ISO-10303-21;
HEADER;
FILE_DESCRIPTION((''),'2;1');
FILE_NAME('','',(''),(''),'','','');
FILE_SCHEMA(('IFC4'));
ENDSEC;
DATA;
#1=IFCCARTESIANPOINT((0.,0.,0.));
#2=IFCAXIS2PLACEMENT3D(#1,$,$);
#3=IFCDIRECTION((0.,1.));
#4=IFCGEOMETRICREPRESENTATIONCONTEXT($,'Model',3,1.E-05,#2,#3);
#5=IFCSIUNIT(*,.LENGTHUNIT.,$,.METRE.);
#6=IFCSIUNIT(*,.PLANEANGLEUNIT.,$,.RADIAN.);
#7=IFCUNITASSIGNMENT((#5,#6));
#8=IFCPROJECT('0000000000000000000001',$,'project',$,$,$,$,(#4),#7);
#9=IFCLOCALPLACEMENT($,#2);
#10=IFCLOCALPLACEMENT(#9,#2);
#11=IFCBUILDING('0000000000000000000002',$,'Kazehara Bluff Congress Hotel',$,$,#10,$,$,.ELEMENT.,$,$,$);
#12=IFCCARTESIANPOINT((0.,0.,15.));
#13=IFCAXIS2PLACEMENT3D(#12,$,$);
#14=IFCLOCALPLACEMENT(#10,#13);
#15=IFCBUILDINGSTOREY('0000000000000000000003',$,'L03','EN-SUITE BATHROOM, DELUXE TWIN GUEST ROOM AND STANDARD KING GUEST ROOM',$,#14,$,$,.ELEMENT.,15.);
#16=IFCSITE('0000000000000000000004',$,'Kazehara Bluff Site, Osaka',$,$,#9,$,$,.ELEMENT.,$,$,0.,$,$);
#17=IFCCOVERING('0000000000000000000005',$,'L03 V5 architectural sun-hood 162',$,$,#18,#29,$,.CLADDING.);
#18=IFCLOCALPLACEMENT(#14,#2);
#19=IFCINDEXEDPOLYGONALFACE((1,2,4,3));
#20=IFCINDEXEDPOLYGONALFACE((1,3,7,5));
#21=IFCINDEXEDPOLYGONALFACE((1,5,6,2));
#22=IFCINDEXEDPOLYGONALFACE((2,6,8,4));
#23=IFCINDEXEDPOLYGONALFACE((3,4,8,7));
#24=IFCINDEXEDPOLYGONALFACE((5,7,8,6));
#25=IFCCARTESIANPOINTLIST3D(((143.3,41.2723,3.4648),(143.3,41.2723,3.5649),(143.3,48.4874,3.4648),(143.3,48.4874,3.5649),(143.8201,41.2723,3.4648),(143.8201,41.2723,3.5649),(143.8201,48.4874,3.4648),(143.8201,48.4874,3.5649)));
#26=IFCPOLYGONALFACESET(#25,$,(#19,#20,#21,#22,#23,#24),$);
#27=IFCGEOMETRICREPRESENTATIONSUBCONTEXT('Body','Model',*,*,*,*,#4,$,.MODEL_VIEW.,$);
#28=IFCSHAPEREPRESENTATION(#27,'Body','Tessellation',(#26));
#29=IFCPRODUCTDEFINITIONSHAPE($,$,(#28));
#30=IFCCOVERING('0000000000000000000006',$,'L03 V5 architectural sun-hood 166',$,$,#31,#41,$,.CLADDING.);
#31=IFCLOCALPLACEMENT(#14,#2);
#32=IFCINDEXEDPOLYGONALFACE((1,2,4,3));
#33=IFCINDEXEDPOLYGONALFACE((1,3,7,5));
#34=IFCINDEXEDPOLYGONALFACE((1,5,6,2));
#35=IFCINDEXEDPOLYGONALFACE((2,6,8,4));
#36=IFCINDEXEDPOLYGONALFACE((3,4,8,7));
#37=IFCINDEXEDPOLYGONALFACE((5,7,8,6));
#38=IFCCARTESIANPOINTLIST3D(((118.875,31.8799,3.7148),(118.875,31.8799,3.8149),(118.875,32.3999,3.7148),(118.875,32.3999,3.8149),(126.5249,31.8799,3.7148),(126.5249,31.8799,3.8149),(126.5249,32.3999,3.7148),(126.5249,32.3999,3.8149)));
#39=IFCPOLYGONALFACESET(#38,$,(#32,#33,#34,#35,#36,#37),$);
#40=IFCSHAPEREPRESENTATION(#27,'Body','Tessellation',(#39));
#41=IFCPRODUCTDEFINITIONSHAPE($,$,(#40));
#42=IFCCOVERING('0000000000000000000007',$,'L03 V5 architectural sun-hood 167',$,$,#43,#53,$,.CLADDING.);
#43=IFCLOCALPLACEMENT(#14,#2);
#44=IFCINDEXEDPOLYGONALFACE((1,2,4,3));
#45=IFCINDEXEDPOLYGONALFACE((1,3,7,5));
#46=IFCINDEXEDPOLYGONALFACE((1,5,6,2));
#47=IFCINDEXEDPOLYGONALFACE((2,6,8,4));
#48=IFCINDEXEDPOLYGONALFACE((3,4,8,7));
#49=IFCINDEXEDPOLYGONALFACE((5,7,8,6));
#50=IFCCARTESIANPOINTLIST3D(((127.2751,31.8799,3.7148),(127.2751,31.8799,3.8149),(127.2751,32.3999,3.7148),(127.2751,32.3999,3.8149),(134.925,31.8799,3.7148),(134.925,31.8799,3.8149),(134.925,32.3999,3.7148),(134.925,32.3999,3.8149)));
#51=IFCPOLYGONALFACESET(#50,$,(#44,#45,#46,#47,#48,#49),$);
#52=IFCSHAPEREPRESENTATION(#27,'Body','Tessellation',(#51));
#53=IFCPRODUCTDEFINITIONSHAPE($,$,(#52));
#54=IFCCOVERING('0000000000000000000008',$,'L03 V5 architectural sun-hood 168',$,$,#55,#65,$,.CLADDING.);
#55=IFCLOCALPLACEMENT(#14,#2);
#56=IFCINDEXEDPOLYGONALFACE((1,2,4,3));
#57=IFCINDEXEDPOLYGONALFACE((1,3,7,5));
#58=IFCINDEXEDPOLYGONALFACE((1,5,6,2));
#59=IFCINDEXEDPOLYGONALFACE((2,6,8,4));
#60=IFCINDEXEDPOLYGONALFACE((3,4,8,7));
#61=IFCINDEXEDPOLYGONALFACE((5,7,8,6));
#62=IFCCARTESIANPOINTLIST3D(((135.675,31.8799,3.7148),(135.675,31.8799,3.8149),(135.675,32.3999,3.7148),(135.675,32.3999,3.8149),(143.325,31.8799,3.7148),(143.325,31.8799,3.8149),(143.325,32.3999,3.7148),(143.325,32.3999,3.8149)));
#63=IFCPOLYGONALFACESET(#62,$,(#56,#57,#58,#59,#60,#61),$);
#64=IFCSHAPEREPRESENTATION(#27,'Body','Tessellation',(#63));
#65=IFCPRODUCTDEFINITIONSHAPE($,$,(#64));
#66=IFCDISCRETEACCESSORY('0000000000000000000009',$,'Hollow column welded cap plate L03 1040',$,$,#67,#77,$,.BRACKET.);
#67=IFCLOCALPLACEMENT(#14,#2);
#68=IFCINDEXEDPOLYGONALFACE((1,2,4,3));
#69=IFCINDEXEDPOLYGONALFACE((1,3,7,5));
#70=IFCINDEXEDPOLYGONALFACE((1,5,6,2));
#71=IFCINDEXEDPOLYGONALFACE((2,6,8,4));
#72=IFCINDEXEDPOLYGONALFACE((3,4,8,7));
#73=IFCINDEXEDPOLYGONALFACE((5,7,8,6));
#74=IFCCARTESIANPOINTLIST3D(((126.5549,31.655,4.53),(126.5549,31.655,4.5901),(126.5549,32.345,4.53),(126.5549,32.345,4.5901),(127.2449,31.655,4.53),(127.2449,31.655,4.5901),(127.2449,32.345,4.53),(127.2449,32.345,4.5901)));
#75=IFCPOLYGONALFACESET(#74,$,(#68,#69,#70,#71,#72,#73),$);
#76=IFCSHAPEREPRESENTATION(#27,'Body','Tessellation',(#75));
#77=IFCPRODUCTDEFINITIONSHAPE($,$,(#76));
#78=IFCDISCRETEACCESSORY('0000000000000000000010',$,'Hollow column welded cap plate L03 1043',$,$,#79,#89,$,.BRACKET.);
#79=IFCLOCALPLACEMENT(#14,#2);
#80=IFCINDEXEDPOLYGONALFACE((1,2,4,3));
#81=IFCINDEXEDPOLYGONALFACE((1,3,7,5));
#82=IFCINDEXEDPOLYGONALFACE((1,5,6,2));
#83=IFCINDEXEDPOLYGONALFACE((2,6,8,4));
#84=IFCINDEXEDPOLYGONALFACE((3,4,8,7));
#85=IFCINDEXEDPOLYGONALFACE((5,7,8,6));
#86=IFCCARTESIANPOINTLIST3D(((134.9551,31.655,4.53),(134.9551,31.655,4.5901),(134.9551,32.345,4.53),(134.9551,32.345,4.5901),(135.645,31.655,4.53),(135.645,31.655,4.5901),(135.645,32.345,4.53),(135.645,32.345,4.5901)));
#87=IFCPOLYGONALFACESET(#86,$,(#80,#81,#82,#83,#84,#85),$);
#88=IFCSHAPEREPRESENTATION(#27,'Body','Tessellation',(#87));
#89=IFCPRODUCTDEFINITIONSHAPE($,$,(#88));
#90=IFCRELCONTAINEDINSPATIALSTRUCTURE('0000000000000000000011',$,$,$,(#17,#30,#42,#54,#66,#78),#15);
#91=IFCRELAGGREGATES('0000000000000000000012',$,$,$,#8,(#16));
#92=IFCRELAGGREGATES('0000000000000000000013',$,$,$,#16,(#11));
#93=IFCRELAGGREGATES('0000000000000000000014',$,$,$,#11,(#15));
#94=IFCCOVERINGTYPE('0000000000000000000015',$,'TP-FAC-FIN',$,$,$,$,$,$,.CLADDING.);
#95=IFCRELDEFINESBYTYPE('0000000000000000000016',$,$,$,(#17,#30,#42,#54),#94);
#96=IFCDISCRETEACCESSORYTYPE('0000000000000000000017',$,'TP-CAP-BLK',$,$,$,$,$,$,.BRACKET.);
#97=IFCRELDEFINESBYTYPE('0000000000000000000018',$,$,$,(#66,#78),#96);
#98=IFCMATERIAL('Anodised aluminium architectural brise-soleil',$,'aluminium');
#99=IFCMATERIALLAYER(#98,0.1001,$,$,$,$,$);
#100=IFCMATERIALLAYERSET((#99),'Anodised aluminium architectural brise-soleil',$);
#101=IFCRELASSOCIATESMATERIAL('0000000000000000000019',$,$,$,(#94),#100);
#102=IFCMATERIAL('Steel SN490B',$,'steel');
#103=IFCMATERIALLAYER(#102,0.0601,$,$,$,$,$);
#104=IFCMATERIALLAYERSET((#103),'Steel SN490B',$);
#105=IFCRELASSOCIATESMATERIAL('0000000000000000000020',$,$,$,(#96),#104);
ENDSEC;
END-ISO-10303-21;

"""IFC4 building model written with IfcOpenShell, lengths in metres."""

from ifc_helpers import new_model, si_unit, direction, frame, origin, origin_2d, place, context, subcontext, project, spatial, rectangle, extrude, material, layer, layer_set, type_object, element, save


model = new_model("IFC4")

# Units and contexts
model_context = context("Model", 3, precision=1e-05, world=origin(), true_north=direction((0.0, 1.0)))
body_context = subcontext(model_context, "Body", "Model", "MODEL_VIEW")
ifc_project = project(units=[si_unit("LENGTHUNIT", "METRE"), si_unit("PLANEANGLEUNIT", "RADIAN")], contexts=[model_context])

# Site, building, storey
site_placement = place(None, origin())
site = spatial("IfcSite", under=ifc_project, at=site_placement, Name="Kazehara Bluff Site, Osaka", CompositionType="ELEMENT", RefElevation=0.0)
building_placement = place(site_placement, origin())
building = spatial("IfcBuilding", under=site, at=building_placement, Name="Kazehara Bluff Congress Hotel", CompositionType="ELEMENT")
storey_placement = place(building_placement, frame((0.0, 0.0, 15.0)))
storey = spatial("IfcBuildingStorey", under=building, at=storey_placement, Name="L03", Description="EN-SUITE BATHROOM, DELUXE TWIN GUEST ROOM AND STANDARD KING GUEST ROOM", CompositionType="ELEMENT", Elevation=15.0)

# Coverings
ifc_material_1 = material(Name="Anodised aluminium architectural brise-soleil", Category="aluminium")
ifc_layer_1 = layer(ifc_material_1, 0.1001)
ifc_layer_set_1 = layer_set([ifc_layer_1], Name="Anodised aluminium architectural brise-soleil")
covering_type = type_object("IfcCoveringType", Name="TP-FAC-FIN", PredefinedType="CLADDING", material=ifc_layer_set_1)
covering_1_placement = place(storey_placement, frame((143.5601, 44.8799, 3.4648), z_axis=(0.0, 0.0, 1.0), x_axis=(1.0, 0.0, 0.0)))
element("IfcCovering", 1, at=covering_1_placement, inside=storey, type_object=covering_type, Name="L03 V5 architectural sun-hood 162", PredefinedType="CLADDING", context=body_context, shape_type="SweptSolid", body=[
    extrude(rectangle(XDim=0.52, YDim=7.2151, at=origin_2d()), origin(), (0.0, 0.0, 1.0), 0.1001),
])
for number, where, z_axis, x_axis, name in (
    (2, (122.7, 32.1399, 3.7148), (0.0, 0.0, 1.0), (1.0, 0.0, 0.0), "L03 V5 architectural sun-hood 166"),
    (3, (131.1001, 32.1399, 3.7148), (0.0, 0.0, 1.0), (1.0, 0.0, 0.0), "L03 V5 architectural sun-hood 167"),
    (4, (139.5, 32.1399, 3.7148), (0.0, 0.0, 1.0), (1.0, 0.0, 0.0), "L03 V5 architectural sun-hood 168"),
):
    element("IfcCovering", number, at=place(storey_placement, frame(where, z_axis=z_axis, x_axis=x_axis)), inside=storey, type_object=covering_type, Name=name, PredefinedType="CLADDING", context=body_context, shape_type="SweptSolid", body=[
        extrude(rectangle(XDim=7.6499, YDim=0.52, at=origin_2d()), origin(), (0.0, 0.0, 1.0), 0.1001),
    ])

# Discrete accessories
ifc_material_2 = material(Name="Steel SN490B", Category="steel")
ifc_layer_2 = layer(ifc_material_2, 0.0601)
ifc_layer_set_2 = layer_set([ifc_layer_2], Name="Steel SN490B")
discrete_accessory_type = type_object("IfcDiscreteAccessoryType", Name="TP-CAP-BLK", PredefinedType="BRACKET", material=ifc_layer_set_2)
for number, where, z_axis, x_axis, name in (
    (5, (126.8999, 32.0, 4.53), (0.0, 0.0, 1.0), (1.0, 0.0, 0.0), "Hollow column welded cap plate L03 1040"),
    (6, (135.3, 32.0, 4.53), (0.0, 0.0, 1.0), (1.0, 0.0, 0.0), "Hollow column welded cap plate L03 1043"),
):
    element("IfcDiscreteAccessory", number, at=place(storey_placement, frame(where, z_axis=z_axis, x_axis=x_axis)), inside=storey, type_object=discrete_accessory_type, Name=name, PredefinedType="BRACKET", context=body_context, shape_type="SweptSolid", body=[
        extrude(rectangle(XDim=0.6899, YDim=0.6899, at=origin_2d()), origin(), (0.0, 0.0, 1.0), 0.0601),
    ])

save(model, "model.ifc")
